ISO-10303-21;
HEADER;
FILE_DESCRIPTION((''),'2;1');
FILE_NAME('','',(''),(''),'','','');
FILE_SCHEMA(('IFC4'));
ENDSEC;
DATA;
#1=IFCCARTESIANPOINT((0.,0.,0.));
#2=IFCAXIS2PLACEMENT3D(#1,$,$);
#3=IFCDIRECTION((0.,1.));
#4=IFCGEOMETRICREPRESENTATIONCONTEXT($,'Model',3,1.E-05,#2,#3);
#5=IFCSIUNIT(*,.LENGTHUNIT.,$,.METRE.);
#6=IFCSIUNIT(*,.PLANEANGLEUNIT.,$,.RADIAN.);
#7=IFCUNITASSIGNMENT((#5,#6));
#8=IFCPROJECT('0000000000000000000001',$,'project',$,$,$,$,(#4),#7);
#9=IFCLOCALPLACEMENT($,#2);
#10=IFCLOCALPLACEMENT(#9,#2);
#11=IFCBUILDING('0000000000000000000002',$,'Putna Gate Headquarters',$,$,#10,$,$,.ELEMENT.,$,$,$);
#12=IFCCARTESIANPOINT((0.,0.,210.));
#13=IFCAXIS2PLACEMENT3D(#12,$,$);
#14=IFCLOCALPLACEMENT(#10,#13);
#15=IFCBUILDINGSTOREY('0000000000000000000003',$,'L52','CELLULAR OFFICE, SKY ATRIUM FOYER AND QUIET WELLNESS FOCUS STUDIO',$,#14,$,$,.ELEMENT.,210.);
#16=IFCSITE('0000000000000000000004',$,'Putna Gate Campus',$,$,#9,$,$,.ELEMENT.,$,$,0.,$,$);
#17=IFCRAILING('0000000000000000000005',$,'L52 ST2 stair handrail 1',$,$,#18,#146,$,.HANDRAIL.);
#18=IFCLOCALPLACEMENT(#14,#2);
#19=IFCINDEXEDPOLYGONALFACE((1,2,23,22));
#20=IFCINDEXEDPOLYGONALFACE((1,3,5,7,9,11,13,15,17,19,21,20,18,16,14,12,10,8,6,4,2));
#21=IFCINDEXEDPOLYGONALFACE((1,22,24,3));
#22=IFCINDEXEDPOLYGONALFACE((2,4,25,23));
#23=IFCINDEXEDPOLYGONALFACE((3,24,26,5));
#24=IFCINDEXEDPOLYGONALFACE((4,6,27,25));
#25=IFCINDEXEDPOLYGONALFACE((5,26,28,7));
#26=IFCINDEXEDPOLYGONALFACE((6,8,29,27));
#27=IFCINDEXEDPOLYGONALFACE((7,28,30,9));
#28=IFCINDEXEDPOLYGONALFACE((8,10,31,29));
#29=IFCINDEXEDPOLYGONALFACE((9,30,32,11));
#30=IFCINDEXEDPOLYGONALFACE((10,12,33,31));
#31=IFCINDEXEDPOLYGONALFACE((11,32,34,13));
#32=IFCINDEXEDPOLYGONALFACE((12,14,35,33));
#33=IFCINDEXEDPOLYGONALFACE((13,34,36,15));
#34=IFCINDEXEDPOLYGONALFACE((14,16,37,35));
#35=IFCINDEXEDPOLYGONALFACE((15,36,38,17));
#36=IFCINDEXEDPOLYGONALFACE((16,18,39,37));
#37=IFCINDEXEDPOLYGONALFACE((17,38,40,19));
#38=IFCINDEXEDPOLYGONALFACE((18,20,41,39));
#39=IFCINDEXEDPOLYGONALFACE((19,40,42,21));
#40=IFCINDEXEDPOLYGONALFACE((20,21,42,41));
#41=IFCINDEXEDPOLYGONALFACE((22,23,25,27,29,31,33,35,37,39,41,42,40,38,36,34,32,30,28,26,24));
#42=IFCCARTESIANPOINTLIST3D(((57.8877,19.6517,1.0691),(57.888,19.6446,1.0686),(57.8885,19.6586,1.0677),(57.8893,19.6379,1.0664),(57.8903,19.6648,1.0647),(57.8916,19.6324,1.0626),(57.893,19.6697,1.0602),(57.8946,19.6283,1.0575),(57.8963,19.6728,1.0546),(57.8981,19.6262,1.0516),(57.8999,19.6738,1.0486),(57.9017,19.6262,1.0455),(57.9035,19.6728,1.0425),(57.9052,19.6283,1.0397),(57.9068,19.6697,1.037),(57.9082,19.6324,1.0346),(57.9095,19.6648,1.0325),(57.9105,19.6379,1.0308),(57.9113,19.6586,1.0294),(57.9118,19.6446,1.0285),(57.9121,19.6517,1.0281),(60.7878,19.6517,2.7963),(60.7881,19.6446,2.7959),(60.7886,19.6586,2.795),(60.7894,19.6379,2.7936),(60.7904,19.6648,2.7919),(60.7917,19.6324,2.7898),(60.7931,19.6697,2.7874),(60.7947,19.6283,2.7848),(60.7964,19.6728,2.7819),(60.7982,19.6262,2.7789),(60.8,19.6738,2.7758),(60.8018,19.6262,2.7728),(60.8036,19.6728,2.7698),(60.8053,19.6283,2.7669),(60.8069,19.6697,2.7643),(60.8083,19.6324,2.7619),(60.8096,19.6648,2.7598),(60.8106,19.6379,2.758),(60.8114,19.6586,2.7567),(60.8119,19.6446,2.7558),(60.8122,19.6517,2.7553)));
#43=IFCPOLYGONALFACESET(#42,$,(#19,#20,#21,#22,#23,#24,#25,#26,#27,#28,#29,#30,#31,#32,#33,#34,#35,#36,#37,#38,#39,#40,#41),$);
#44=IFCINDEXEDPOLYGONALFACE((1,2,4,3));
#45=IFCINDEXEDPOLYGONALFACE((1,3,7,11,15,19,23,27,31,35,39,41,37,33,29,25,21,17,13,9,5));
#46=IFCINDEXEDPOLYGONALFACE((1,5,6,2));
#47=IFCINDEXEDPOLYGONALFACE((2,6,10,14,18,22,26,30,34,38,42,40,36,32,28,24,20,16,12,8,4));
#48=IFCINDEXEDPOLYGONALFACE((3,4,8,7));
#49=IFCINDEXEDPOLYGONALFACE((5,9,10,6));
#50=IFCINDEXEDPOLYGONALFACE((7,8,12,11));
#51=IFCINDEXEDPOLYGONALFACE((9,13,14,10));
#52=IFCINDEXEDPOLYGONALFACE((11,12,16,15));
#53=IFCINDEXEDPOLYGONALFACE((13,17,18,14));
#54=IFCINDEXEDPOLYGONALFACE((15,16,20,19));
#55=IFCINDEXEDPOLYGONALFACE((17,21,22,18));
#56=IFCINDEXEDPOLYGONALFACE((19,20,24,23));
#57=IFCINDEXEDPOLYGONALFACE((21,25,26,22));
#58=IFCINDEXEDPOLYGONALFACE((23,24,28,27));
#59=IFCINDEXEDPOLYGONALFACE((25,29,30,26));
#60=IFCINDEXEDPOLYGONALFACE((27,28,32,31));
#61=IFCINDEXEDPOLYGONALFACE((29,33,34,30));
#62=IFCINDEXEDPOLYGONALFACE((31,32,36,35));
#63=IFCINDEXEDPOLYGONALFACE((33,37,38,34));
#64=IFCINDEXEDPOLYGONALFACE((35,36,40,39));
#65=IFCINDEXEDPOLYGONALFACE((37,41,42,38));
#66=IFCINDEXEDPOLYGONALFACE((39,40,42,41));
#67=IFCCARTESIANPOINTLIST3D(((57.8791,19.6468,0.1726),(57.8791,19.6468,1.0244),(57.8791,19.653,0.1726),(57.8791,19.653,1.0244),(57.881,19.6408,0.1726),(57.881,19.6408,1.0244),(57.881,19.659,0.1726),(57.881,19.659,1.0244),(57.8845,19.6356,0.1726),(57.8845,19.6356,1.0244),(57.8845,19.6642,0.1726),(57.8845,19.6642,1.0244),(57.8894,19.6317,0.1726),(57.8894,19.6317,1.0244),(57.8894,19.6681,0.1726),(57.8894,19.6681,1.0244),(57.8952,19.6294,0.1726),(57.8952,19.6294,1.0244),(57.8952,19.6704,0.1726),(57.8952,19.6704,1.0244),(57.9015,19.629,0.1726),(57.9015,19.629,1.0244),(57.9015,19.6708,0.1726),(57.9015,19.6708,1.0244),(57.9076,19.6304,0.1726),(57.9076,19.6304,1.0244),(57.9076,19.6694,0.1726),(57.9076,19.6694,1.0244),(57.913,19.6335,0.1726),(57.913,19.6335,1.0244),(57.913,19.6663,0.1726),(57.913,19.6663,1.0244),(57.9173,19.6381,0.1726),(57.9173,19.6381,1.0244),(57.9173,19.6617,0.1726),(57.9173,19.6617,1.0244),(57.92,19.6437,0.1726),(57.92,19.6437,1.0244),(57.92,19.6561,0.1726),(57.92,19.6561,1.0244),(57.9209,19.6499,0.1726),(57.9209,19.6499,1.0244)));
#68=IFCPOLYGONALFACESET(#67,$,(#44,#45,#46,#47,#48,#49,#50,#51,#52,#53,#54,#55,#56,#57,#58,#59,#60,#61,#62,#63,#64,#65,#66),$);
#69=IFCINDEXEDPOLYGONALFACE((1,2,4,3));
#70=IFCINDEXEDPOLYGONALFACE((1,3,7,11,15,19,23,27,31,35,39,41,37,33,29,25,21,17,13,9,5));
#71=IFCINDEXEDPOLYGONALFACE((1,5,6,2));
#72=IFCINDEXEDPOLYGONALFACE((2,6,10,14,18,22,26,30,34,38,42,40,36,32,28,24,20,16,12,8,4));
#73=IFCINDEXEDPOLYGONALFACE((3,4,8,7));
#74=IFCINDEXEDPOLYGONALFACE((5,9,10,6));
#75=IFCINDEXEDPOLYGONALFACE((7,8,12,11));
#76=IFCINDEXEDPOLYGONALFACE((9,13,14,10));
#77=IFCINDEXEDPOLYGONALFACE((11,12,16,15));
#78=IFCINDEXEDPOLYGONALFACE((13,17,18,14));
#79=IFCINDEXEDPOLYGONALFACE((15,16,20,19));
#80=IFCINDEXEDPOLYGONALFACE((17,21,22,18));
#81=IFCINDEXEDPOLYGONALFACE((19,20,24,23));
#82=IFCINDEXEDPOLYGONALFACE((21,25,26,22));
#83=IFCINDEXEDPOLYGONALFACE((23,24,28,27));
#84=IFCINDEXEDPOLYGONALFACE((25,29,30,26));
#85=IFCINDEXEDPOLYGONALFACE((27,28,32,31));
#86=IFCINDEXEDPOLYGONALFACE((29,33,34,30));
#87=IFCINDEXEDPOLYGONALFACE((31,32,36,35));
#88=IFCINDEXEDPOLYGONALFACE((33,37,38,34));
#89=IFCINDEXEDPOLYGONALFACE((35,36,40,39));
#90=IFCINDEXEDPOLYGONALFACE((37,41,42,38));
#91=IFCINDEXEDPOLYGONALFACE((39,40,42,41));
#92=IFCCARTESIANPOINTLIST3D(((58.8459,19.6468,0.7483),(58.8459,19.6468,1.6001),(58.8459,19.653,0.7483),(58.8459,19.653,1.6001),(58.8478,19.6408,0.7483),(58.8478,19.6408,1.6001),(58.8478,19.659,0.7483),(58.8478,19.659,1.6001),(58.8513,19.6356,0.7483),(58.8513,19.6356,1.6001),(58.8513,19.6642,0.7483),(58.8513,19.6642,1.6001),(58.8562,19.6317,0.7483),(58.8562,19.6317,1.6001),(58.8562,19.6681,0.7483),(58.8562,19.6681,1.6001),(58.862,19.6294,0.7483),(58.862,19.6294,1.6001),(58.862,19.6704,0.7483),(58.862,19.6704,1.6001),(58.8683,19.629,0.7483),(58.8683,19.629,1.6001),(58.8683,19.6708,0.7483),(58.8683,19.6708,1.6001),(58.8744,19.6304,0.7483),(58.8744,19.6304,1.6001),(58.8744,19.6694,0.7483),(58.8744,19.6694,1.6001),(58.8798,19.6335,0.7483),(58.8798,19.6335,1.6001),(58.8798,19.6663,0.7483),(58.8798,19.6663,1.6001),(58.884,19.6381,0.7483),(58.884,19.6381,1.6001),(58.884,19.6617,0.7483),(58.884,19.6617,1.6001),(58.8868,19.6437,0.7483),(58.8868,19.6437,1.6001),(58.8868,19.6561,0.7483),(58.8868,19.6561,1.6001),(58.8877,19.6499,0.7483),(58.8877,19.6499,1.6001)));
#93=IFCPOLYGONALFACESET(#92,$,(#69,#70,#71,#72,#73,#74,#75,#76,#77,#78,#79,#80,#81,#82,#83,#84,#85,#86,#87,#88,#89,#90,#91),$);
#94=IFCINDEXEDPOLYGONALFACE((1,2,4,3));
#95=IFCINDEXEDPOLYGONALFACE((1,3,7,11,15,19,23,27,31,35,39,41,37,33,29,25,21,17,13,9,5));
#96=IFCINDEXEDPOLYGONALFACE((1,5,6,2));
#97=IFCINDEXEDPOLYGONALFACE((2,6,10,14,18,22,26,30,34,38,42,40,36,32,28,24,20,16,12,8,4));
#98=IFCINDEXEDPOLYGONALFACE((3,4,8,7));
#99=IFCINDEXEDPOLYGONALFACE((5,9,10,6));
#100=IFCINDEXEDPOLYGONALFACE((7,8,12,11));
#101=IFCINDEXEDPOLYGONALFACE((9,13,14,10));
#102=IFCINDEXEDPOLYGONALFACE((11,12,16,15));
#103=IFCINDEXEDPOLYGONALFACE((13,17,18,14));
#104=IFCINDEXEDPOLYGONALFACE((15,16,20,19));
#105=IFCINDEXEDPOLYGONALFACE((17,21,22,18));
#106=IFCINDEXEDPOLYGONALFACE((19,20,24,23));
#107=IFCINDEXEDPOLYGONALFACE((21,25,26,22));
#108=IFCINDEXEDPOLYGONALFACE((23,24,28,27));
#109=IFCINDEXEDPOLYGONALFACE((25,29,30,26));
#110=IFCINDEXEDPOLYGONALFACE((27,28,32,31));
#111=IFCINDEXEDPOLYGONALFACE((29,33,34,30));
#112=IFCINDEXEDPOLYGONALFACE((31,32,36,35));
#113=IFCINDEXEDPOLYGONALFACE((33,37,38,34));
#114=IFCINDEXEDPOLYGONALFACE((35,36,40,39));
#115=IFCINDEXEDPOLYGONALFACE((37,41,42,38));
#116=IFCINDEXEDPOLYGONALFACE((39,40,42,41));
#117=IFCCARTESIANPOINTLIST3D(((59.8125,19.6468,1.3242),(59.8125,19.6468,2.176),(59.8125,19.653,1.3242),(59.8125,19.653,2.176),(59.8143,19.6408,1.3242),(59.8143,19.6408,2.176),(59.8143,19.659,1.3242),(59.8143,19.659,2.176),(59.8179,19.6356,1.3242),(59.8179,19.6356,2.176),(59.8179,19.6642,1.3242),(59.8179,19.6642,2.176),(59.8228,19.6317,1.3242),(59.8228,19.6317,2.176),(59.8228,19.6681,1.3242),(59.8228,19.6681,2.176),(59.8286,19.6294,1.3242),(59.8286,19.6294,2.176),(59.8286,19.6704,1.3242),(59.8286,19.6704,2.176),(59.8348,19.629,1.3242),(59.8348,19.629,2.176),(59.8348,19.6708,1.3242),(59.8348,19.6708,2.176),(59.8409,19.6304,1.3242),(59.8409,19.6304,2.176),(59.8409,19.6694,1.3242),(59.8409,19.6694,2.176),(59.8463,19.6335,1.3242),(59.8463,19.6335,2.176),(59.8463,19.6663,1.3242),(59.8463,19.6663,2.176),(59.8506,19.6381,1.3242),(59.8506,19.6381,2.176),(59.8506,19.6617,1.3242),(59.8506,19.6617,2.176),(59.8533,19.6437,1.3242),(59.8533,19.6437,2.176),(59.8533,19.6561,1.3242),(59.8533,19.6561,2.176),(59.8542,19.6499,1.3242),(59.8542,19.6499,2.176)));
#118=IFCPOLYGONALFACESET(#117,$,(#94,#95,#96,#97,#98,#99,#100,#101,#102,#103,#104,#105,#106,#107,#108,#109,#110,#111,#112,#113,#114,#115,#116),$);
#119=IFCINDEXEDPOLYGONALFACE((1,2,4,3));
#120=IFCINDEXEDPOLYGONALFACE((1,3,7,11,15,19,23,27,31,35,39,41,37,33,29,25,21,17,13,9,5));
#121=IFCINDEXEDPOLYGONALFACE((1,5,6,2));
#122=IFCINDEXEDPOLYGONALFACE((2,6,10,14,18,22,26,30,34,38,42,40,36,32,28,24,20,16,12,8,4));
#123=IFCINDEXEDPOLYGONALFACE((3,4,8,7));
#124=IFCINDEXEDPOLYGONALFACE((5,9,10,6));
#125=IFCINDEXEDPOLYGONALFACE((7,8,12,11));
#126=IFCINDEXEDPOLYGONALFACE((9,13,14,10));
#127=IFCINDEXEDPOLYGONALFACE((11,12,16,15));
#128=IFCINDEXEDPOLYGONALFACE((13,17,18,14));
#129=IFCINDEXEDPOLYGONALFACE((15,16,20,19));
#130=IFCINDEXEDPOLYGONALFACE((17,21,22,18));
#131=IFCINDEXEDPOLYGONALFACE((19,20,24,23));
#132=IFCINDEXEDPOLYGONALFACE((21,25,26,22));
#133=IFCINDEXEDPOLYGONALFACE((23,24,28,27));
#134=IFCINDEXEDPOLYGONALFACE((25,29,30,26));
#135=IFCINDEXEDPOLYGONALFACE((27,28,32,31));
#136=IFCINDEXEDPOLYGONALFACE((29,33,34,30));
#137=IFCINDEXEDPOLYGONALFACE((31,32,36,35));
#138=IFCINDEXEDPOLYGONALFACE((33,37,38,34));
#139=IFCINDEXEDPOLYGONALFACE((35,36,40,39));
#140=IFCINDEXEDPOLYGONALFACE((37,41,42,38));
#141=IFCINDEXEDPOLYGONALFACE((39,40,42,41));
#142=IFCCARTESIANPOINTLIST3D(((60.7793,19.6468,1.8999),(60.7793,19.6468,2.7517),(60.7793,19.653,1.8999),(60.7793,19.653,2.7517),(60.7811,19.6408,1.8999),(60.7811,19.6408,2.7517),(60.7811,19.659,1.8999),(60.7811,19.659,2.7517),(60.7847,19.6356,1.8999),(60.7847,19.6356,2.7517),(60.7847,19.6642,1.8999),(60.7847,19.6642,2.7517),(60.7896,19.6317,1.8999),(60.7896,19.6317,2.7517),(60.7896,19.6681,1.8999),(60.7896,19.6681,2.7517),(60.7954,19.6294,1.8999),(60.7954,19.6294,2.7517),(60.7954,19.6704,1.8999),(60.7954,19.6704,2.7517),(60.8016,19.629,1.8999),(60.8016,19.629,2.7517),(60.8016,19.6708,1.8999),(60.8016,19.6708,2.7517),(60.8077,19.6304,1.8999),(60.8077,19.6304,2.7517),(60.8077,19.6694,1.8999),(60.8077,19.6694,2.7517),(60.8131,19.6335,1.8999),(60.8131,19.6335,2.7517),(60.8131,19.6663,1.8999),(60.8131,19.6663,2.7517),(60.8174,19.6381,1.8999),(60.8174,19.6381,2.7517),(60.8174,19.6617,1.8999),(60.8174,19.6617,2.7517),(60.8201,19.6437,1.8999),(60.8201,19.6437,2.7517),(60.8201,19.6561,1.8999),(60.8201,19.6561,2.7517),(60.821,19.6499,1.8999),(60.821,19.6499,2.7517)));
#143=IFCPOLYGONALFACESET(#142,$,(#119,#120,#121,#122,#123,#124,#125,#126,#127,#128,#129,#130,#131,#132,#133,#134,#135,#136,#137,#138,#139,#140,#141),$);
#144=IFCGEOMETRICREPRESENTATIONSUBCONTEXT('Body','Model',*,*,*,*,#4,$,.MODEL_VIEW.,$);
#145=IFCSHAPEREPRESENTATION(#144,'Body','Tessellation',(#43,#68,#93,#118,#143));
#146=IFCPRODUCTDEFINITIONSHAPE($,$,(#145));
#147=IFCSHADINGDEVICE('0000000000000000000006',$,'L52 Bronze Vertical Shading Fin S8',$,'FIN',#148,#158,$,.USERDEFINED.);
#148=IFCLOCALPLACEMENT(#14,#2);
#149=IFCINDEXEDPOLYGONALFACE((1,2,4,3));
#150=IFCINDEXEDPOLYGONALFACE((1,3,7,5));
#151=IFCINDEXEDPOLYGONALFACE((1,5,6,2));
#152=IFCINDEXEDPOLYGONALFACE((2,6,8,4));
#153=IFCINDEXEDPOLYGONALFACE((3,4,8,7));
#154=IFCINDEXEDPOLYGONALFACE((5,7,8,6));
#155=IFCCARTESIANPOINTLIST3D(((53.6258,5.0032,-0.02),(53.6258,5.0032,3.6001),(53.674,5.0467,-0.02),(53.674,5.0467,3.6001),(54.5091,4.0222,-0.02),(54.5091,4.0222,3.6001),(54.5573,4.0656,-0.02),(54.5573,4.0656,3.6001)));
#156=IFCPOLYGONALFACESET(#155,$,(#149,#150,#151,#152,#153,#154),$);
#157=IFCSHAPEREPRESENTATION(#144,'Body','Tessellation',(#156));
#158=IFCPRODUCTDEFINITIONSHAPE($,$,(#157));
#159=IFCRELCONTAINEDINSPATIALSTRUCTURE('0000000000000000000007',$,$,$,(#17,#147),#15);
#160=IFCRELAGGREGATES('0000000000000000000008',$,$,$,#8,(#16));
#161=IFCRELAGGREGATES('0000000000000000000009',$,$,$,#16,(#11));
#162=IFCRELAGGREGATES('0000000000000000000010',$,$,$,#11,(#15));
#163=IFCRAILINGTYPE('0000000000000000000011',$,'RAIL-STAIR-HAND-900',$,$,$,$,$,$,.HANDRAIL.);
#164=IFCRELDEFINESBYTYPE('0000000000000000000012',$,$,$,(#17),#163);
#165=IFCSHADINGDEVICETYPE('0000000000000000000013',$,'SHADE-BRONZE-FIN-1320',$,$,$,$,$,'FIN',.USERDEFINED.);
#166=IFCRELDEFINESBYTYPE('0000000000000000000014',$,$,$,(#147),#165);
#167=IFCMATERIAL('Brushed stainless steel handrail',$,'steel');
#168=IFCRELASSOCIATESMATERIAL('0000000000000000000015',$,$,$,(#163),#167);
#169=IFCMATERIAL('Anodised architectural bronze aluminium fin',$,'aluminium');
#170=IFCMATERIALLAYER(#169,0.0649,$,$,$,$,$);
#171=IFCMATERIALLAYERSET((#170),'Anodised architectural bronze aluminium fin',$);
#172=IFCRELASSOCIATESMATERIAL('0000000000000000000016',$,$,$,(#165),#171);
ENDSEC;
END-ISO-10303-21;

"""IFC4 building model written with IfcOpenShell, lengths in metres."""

from ifc_helpers import new_model, si_unit, direction, frame, origin, origin_2d, place, context, subcontext, project, spatial, rectangle, circle, extrude, material, layer, layer_set, type_object, element, save


model = new_model("IFC4")

# Units and contexts
model_context = context("Model", 3, precision=1e-05, world=origin(), true_north=direction((0.0, 1.0)))
body_context = subcontext(model_context, "Body", "Model", "MODEL_VIEW")
ifc_project = project(units=[si_unit("LENGTHUNIT", "METRE"), si_unit("PLANEANGLEUNIT", "RADIAN")], contexts=[model_context])

# Site, building, storey
site_placement = place(None, origin())
site = spatial("IfcSite", under=ifc_project, at=site_placement, Name="Putna Gate Campus", CompositionType="ELEMENT", RefElevation=0.0)
building_placement = place(site_placement, origin())
building = spatial("IfcBuilding", under=site, at=building_placement, Name="Putna Gate Headquarters", CompositionType="ELEMENT")
storey_placement = place(building_placement, frame((0.0, 0.0, 210.0)))
storey = spatial("IfcBuildingStorey", under=building, at=storey_placement, Name="L52", Description="CELLULAR OFFICE, SKY ATRIUM FOYER AND QUIET WELLNESS FOCUS STUDIO", CompositionType="ELEMENT", Elevation=210.0)

# Railing
ifc_material_1 = material(Name="Brushed stainless steel handrail", Category="steel")
railing_type_1 = type_object("IfcRailingType", Name="RAIL-STAIR-HAND-900", PredefinedType="HANDRAIL", material=ifc_material_1)
railing_1_placement = place(storey_placement, frame((57.8999, 19.6499, 0.1726)))
element("IfcRailing", 1, at=railing_1_placement, inside=storey, type_object=railing_type_1, Name="L52 ST2 stair handrail 1", PredefinedType="HANDRAIL", context=body_context, shape_type="SweptSolid", body=[
    extrude(circle(Radius=0.0239, at=origin_2d()), frame((0.0, 0.0, 0.876), z_axis=(0.85916, 0.0, 0.511706), x_axis=(0.0, 1.0, 0.0)), (0.0, 0.0, 1.0), 3.3755),
    extrude(circle(Radius=0.021, at=origin_2d()), origin(), (0.0, 0.0, 1.0), 0.8518),
    extrude(circle(Radius=0.021, at=origin_2d()), frame((0.9668, 0.0, 0.5757)), (0.0, 0.0, 1.0), 0.8518),
    extrude(circle(Radius=0.021, at=origin_2d()), frame((1.9333, 0.0, 1.1516)), (0.0, 0.0, 1.0), 0.8518),
    extrude(circle(Radius=0.021, at=origin_2d()), frame((2.9001, 0.0, 1.7273)), (0.0, 0.0, 1.0), 0.8518),
])

# Shading device
ifc_material_2 = material(Name="Anodised architectural bronze aluminium fin", Category="aluminium")
ifc_layer_1 = layer(ifc_material_2, 0.0649)
ifc_layer_set_1 = layer_set([ifc_layer_1], Name="Anodised architectural bronze aluminium fin")
shading_device_type = type_object("IfcShadingDeviceType", Name="SHADE-BRONZE-FIN-1320", ElementType="FIN", PredefinedType="USERDEFINED", material=ifc_layer_set_1)
shading_device_placement = place(storey_placement, frame((54.0916, 4.5344, -0.02), z_axis=(0.0, 0.0, 1.0), x_axis=(0.669131, -0.743145, 0.0)))
element("IfcShadingDevice", 2, at=shading_device_placement, inside=storey, type_object=shading_device_type, Name="L52 Bronze Vertical Shading Fin S8", ObjectType="FIN", PredefinedType="USERDEFINED", context=body_context, shape_type="SweptSolid", body=[
    extrude(rectangle(XDim=1.3201, YDim=0.0649, at=origin_2d()), origin(), (0.0, 0.0, 1.0), 3.6201),
])

save(model, "model.ifc")
